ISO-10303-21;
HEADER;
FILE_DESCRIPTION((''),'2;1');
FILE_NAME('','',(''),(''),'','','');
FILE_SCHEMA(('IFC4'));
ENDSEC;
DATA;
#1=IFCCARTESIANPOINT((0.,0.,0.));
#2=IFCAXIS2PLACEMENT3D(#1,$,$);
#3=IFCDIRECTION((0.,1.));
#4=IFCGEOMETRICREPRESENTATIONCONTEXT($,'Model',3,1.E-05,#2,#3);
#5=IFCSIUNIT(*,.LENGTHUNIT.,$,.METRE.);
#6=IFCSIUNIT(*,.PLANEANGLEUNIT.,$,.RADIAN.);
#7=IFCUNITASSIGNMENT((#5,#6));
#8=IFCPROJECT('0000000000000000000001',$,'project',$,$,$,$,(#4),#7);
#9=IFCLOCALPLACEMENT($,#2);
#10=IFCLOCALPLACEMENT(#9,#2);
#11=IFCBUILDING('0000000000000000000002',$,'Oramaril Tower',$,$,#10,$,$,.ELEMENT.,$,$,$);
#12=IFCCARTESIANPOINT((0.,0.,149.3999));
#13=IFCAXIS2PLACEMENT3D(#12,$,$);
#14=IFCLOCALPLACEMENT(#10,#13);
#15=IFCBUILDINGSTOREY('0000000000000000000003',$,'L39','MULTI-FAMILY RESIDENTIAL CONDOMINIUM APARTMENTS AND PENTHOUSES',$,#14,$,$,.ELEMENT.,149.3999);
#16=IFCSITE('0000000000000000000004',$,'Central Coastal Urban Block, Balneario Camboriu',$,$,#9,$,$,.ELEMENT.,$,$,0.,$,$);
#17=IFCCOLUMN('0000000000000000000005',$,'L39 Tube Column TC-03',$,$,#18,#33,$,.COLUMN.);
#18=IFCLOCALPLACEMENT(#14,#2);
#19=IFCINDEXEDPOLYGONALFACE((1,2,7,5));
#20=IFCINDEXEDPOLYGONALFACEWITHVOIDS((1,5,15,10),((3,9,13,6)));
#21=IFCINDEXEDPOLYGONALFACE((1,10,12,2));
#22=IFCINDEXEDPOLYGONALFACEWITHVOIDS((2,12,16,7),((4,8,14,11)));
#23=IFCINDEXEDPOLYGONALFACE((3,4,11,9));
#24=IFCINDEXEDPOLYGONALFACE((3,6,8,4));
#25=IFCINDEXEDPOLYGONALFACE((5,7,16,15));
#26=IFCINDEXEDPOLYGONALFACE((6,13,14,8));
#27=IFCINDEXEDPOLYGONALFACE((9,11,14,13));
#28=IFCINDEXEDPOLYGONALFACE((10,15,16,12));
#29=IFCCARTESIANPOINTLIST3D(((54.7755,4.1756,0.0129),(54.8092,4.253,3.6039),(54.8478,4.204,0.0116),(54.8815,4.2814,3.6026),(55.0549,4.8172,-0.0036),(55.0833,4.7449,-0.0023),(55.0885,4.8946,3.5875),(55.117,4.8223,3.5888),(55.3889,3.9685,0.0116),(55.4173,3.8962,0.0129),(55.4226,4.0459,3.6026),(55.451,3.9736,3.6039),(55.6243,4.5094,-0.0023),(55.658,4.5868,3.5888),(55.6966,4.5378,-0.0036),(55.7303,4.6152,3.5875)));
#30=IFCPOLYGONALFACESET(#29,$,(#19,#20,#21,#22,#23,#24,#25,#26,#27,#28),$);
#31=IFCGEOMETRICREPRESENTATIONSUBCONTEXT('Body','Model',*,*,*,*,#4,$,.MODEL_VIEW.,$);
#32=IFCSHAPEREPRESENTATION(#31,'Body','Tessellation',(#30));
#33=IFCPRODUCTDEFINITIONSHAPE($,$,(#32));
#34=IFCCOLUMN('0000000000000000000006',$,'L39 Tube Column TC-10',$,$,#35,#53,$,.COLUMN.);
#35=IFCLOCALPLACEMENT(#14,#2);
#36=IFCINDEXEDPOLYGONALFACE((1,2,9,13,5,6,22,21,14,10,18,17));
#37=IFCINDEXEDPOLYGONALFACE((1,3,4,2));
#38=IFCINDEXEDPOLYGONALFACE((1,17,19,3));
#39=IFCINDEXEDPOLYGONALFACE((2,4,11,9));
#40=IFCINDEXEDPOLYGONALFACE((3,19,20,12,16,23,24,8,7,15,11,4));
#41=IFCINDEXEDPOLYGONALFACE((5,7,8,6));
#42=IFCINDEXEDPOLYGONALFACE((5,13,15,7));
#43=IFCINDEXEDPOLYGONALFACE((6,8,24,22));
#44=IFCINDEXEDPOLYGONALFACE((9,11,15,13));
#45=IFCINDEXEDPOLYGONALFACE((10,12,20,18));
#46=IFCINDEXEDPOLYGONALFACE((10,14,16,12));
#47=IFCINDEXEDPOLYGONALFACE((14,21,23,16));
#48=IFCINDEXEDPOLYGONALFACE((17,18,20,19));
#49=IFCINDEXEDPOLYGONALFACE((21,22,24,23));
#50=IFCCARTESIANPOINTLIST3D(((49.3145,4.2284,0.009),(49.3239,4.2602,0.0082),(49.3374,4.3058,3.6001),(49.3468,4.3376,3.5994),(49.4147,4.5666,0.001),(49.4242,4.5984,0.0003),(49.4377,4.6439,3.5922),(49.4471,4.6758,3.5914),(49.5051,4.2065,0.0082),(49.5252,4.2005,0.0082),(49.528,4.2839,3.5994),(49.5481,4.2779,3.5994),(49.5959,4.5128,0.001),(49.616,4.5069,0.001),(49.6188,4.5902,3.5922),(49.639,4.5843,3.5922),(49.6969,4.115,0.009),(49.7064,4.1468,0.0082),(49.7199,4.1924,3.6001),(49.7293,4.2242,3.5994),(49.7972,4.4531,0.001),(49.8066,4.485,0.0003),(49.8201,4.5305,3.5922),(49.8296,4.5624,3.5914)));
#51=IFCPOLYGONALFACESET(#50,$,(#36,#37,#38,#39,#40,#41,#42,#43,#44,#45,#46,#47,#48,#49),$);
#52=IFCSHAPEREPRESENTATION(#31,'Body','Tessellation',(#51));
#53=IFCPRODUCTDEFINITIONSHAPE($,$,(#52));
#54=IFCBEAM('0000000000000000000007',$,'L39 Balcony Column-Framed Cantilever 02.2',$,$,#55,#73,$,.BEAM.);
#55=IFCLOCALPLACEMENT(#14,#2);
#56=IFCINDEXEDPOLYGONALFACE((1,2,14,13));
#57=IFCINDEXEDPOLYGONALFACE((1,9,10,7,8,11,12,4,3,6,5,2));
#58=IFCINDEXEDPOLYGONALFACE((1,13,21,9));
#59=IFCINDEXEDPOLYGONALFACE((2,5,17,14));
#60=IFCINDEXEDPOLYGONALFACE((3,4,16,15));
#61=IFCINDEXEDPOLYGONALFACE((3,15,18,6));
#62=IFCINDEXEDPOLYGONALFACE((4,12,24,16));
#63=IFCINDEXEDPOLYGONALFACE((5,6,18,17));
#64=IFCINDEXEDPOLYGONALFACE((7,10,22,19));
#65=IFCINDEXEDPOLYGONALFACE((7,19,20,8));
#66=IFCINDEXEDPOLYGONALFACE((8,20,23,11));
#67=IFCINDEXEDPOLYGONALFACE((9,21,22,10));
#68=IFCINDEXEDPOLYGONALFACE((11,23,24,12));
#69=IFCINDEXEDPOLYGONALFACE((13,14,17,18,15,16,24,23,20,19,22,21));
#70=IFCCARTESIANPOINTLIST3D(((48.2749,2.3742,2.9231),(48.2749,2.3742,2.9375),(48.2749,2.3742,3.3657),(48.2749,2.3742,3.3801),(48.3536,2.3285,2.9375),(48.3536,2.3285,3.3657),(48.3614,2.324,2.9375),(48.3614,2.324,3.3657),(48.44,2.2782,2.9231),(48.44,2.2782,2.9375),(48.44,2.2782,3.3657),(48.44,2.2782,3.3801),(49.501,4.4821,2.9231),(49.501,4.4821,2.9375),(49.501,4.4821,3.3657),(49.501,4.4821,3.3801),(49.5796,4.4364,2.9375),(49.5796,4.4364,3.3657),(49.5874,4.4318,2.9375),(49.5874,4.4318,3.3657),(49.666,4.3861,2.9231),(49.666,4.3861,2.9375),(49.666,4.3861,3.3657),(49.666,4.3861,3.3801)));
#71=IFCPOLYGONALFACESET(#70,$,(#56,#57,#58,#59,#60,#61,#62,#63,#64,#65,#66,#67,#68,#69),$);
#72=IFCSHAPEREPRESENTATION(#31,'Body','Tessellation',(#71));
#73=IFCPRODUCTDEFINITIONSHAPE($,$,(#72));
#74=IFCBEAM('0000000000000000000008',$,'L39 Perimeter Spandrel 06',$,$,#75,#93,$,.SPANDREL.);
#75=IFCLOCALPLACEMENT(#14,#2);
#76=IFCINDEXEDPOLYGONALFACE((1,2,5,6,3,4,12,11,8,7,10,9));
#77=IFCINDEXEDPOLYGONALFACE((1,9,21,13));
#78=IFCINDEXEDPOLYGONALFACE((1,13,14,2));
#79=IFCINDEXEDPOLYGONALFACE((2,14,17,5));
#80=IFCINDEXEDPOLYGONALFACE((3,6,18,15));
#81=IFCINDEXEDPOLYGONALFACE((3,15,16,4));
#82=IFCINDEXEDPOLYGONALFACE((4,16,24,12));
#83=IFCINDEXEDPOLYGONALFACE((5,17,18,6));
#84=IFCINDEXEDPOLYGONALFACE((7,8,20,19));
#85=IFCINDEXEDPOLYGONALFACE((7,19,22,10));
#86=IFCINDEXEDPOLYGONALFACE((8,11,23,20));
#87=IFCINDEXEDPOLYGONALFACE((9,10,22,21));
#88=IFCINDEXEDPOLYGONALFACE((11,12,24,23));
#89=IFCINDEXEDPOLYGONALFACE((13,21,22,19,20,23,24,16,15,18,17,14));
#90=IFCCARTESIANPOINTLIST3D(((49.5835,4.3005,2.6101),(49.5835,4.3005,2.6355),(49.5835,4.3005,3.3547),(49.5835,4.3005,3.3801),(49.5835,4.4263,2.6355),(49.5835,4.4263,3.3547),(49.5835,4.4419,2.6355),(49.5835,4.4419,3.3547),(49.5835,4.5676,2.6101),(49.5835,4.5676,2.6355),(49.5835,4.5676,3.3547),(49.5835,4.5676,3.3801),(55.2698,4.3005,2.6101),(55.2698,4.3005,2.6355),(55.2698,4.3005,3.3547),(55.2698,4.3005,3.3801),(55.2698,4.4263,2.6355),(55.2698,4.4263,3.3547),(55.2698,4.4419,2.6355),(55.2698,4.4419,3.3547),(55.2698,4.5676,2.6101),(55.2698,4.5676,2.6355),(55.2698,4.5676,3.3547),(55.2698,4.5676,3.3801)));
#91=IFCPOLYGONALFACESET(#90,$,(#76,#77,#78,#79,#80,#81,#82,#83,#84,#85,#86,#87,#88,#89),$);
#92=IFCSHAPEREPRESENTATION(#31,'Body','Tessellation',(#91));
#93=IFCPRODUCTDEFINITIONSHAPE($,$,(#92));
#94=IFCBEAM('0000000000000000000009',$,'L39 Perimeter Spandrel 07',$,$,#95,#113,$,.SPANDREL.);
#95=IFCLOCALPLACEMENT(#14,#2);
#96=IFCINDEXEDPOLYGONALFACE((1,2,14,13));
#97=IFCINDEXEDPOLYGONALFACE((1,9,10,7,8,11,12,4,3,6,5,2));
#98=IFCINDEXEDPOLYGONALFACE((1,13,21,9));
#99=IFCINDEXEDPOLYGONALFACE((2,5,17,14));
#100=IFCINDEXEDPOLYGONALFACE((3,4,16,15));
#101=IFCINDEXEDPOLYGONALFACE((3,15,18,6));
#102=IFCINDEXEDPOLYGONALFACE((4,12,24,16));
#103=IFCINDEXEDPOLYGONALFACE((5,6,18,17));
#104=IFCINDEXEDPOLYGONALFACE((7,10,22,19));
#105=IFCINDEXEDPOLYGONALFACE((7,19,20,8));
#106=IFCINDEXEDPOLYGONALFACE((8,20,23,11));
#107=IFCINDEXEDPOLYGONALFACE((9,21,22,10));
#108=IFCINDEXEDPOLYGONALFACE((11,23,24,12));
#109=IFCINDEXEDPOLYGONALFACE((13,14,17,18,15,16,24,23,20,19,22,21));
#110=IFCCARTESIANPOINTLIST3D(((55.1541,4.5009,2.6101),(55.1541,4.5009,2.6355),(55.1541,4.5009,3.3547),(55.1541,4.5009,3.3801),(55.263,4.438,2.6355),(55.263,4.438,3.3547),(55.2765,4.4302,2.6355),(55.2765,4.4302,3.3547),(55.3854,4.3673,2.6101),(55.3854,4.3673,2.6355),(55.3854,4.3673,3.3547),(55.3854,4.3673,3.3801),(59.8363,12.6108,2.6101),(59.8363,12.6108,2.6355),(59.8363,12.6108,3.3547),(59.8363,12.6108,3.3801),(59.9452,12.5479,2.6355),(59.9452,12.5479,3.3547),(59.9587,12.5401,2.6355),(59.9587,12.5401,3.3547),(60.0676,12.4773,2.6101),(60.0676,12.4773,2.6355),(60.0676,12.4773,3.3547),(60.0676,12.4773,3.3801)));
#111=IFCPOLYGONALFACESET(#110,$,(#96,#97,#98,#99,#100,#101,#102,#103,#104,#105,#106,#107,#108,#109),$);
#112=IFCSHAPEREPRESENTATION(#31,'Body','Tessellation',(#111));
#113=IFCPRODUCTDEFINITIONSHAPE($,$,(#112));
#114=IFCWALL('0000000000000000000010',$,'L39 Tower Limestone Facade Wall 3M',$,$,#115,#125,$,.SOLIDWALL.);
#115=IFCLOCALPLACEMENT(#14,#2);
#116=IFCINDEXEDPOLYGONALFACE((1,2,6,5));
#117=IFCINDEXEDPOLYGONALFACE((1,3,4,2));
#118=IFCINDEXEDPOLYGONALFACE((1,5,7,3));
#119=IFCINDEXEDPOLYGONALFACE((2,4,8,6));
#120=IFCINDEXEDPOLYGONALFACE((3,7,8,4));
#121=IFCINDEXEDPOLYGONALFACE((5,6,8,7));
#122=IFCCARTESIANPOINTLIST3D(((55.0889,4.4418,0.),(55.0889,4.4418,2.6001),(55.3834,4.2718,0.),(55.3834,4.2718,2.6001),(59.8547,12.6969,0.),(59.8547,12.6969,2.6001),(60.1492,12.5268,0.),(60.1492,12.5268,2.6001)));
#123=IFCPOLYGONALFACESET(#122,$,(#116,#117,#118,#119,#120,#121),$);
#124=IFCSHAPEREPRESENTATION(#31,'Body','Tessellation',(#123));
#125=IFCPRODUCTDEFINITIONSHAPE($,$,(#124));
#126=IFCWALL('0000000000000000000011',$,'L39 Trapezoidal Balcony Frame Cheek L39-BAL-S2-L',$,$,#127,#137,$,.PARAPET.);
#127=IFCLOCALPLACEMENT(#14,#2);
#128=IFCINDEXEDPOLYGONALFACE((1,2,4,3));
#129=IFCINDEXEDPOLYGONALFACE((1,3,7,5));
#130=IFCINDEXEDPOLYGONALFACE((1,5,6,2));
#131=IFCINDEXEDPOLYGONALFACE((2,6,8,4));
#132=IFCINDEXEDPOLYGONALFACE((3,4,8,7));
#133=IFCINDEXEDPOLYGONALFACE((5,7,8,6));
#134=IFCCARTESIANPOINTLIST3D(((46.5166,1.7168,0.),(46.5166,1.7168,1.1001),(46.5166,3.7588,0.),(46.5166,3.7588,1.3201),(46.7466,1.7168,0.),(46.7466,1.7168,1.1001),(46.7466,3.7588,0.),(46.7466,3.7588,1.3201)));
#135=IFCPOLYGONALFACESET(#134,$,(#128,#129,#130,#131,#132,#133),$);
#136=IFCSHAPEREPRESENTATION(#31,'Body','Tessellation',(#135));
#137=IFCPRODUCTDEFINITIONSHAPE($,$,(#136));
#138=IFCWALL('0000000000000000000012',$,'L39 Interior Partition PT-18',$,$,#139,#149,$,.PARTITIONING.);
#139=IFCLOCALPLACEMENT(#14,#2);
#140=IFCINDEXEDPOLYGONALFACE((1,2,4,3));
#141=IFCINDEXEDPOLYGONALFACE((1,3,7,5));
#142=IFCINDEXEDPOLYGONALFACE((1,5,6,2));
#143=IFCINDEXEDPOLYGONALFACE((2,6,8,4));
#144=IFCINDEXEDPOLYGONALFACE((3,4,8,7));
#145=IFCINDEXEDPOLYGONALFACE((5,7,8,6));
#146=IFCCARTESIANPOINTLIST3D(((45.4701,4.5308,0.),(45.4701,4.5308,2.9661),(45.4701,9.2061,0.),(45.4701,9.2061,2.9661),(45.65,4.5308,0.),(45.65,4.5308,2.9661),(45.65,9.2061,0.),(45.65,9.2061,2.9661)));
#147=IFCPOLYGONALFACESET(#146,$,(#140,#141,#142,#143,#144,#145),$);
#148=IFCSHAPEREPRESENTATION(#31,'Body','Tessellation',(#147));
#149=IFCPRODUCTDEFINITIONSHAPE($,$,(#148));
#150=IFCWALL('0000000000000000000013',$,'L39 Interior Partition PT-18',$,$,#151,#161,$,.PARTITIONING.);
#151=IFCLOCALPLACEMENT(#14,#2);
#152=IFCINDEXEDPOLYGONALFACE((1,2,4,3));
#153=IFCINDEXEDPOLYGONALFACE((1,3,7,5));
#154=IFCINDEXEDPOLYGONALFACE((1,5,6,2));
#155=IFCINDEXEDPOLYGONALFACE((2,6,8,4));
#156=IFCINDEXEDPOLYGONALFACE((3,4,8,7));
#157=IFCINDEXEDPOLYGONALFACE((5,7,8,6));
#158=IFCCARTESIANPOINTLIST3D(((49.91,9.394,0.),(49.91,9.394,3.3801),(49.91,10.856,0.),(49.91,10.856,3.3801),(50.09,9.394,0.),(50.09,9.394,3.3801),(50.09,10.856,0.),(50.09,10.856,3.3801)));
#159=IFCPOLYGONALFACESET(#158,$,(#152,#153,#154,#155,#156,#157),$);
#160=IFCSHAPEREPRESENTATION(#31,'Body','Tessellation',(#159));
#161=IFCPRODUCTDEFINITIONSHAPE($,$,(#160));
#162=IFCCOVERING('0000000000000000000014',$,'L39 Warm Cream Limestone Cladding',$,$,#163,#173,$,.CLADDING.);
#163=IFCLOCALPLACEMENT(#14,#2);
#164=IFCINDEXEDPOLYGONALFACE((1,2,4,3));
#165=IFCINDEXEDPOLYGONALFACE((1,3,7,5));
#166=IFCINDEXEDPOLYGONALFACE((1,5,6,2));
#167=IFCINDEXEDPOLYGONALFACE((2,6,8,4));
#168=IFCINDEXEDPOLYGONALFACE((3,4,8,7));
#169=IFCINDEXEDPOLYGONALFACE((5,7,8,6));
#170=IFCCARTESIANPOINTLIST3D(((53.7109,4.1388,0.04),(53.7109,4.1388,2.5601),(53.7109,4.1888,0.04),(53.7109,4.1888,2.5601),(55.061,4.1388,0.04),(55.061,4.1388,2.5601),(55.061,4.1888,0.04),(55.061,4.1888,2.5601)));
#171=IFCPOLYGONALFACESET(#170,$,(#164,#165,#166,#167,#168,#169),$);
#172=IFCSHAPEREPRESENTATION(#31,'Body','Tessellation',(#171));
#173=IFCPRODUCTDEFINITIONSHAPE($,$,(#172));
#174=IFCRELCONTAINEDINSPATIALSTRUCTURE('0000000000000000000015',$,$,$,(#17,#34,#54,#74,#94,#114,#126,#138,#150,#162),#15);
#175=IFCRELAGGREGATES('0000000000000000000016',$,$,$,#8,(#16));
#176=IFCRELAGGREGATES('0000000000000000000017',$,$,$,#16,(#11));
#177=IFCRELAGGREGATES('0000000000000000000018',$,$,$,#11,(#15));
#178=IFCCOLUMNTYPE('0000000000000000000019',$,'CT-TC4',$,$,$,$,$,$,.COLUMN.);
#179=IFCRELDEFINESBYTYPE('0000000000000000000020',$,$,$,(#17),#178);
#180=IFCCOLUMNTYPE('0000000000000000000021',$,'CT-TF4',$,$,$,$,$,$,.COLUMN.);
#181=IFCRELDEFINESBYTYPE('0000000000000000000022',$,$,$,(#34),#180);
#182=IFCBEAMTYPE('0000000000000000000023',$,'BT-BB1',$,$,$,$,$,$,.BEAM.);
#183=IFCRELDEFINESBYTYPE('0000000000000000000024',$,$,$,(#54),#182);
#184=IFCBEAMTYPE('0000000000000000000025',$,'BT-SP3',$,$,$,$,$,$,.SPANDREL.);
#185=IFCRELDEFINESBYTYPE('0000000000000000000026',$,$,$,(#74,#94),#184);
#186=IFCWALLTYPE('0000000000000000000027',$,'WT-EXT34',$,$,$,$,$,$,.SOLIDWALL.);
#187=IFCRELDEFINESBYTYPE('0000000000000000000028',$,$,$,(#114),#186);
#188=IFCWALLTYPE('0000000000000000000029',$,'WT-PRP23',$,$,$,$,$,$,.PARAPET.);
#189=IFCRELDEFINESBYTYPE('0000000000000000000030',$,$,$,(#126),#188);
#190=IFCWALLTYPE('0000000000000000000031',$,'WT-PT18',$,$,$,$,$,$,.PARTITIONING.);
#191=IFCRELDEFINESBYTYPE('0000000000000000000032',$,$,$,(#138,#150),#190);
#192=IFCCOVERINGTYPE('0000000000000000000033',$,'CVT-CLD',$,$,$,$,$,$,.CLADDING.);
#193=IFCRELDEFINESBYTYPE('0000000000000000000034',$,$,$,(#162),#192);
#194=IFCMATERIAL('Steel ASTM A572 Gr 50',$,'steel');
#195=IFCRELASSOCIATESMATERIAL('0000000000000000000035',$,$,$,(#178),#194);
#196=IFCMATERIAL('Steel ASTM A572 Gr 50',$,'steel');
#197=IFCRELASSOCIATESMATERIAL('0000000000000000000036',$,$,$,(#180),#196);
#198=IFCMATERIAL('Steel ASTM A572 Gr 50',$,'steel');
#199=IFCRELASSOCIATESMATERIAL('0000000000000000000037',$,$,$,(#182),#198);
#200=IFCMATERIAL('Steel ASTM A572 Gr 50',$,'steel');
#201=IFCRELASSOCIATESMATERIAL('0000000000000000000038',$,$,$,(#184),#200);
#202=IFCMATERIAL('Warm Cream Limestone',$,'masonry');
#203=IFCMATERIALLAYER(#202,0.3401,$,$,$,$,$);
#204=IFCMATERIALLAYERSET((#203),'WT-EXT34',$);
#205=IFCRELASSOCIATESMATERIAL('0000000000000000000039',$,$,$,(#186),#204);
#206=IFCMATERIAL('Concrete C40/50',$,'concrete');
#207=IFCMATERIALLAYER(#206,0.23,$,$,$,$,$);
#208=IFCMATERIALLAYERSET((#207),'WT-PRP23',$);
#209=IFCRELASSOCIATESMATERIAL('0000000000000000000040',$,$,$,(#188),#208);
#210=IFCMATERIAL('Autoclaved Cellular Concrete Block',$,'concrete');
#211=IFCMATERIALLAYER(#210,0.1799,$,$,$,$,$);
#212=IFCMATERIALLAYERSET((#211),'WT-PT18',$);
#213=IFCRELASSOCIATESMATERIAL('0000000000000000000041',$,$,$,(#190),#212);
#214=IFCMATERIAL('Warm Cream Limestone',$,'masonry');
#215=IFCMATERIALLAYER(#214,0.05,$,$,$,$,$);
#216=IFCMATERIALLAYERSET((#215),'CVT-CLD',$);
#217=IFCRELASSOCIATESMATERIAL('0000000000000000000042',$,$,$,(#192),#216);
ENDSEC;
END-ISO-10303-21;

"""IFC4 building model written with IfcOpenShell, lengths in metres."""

from ifc_helpers import new_model, si_unit, direction, frame, frame_2d, origin, origin_2d, place, context, subcontext, project, spatial, polyline, rectangle, hollow_rectangle, i_section, outline, extrude, material, layer, layer_set, material_profile, profile_set, type_object, element, save


model = new_model("IFC4")

# Units and contexts
model_context = context("Model", 3, precision=1e-05, world=origin(), true_north=direction((0.0, 1.0)))
body_context = subcontext(model_context, "Body", "Model", "MODEL_VIEW")
ifc_project = project(units=[si_unit("LENGTHUNIT", "METRE"), si_unit("PLANEANGLEUNIT", "RADIAN")], contexts=[model_context])

# Site, building, storey
site_placement = place(None, origin())
site = spatial("IfcSite", under=ifc_project, at=site_placement, Name="Central Coastal Urban Block, Balneario Camboriu", CompositionType="ELEMENT", RefElevation=0.0)
building_placement = place(site_placement, origin())
building = spatial("IfcBuilding", under=site, at=building_placement, Name="Oramaril Tower", CompositionType="ELEMENT")
storey_placement = place(building_placement, frame((0.0, 0.0, 149.3999)))
storey = spatial("IfcBuildingStorey", under=building, at=storey_placement, Name="L39", Description="MULTI-FAMILY RESIDENTIAL CONDOMINIUM APARTMENTS AND PENTHOUSES", CompositionType="ELEMENT", Elevation=149.3999)

# Columns
ifc_material_1 = material(Name="Steel ASTM A572 Gr 50", Category="steel")
ifc_material_profile_1 = material_profile(ifc_material_1, hollow_rectangle(XDim=0.7, YDim=0.7, WallThickness=0.0549, at=origin_2d()), Name="BOX700X700X55")
ifc_profile_set_1 = profile_set([ifc_material_profile_1], Name="Steel ASTM A572 Gr 50")
column_type_1 = type_object("IfcColumnType", Name="CT-TC4", PredefinedType="COLUMN", material=ifc_profile_set_1)
column_1_placement = place(storey_placement, frame((55.2361, 4.3567, 0.0046), z_axis=(0.009379, 0.021545, 0.999724), x_axis=(-0.916886, 0.399149, 0.0)))
element("IfcColumn", 1, at=column_1_placement, inside=storey, type_object=column_type_1, Name="L39 Tube Column TC-03", PredefinedType="COLUMN", context=body_context, shape_type="SweptSolid", body=[
    extrude(hollow_rectangle(XDim=0.7, YDim=0.7, WallThickness=0.0549, at=origin_2d()), origin(), (0.0, 0.0, 1.0), 3.592),
])
ifc_material_2 = material(Name="Steel ASTM A572 Gr 50", Category="steel")
ifc_material_profile_2 = material_profile(ifc_material_2, i_section(OverallWidth=0.3989, OverallDepth=0.386, WebThickness=0.021, FlangeThickness=0.0332, at=origin_2d()), Name="W14X176")
ifc_profile_set_2 = profile_set([ifc_material_profile_2], Name="Steel ASTM A572 Gr 50")
column_type_2 = type_object("IfcColumnType", Name="CT-TF4", PredefinedType="COLUMN", material=ifc_profile_set_2)
column_2_placement = place(storey_placement, frame((49.5605, 4.3567, 0.0046), z_axis=(0.006389, 0.021546, 0.999747), x_axis=(-0.958737, 0.284294, 0.0)))
element("IfcColumn", 2, at=column_2_placement, inside=storey, type_object=column_type_2, Name="L39 Tube Column TC-10", PredefinedType="COLUMN", context=body_context, shape_type="SweptSolid", body=[
    extrude(i_section(OverallWidth=0.3989, OverallDepth=0.386, WebThickness=0.021, FlangeThickness=0.0332, at=origin_2d()), origin(), (0.0, 0.0, 1.0), 3.592),
])

# Beams
ifc_material_3 = material(Name="Steel ASTM A572 Gr 50", Category="steel")
ifc_material_profile_3 = material_profile(ifc_material_3, i_section(OverallWidth=0.1909, OverallDepth=0.457, WebThickness=0.009, FlangeThickness=0.0144, at=origin_2d()), Name="W18X50")
ifc_profile_set_3 = profile_set([ifc_material_profile_3], Name="Steel ASTM A572 Gr 50")
beam_type_1 = type_object("IfcBeamType", Name="BT-BB1", PredefinedType="BEAM", material=ifc_profile_set_3)
beam_1_placement = place(storey_placement, frame((49.5835, 4.4341, 3.1516), z_axis=(-0.502787, -0.86441, 0.0), x_axis=(0.86441, -0.502787, 0.0)))
element("IfcBeam", 3, at=beam_1_placement, inside=storey, type_object=beam_type_1, Name="L39 Balcony Column-Framed Cantilever 02.2", PredefinedType="BEAM", context=body_context, shape_type="SweptSolid", body=[
    extrude(i_section(OverallWidth=0.1909, OverallDepth=0.457, WebThickness=0.009, FlangeThickness=0.0144, at=origin_2d()), origin(), (0.0, 0.0, 1.0), 2.4385),
])
ifc_material_4 = material(Name="Steel ASTM A572 Gr 50", Category="steel")
ifc_material_profile_4 = material_profile(ifc_material_4, i_section(OverallWidth=0.2671, OverallDepth=0.77, WebThickness=0.0156, FlangeThickness=0.0254, at=origin_2d()), Name="W30X132")
ifc_profile_set_4 = profile_set([ifc_material_profile_4], Name="Steel ASTM A572 Gr 50")
beam_type_2 = type_object("IfcBeamType", Name="BT-SP3", PredefinedType="SPANDREL", material=ifc_profile_set_4)
beam_2_placement = place(storey_placement, frame((49.5835, 4.4341, 2.9951), z_axis=(1.0, 0.0, 0.0), x_axis=(0.0, 1.0, 0.0)))
element("IfcBeam", 4, at=beam_2_placement, inside=storey, type_object=beam_type_2, Name="L39 Perimeter Spandrel 06", PredefinedType="SPANDREL", context=body_context, shape_type="SweptSolid", body=[
    extrude(i_section(OverallWidth=0.2671, OverallDepth=0.77, WebThickness=0.0156, FlangeThickness=0.0254, at=origin_2d()), origin(), (0.0, 0.0, 1.0), 5.6863),
])
beam_3_placement = place(storey_placement, frame((55.2698, 4.4341, 2.9951), z_axis=(0.499992, 0.86603, 0.0), x_axis=(-0.86603, 0.499992, 0.0)))
element("IfcBeam", 5, at=beam_3_placement, inside=storey, type_object=beam_type_2, Name="L39 Perimeter Spandrel 07", PredefinedType="SPANDREL", context=body_context, shape_type="SweptSolid", body=[
    extrude(i_section(OverallWidth=0.2671, OverallDepth=0.77, WebThickness=0.0156, FlangeThickness=0.0254, at=origin_2d()), origin(), (0.0, 0.0, 1.0), 9.3645),
])

# Walls
ifc_material_5 = material(Name="Warm Cream Limestone", Category="masonry")
ifc_layer_1 = layer(ifc_material_5, 0.3401)
ifc_layer_set_1 = layer_set([ifc_layer_1], Name="WT-EXT34")
wall_type_1 = type_object("IfcWallType", Name="WT-EXT34", PredefinedType="SOLIDWALL", material=ifc_layer_set_1)
wall_1_placement = place(storey_placement, frame((55.2361, 4.3567, 0.0), z_axis=(0.0, 0.0, 1.0), x_axis=(0.499982, 0.866036, 0.0)))
element("IfcWall", 6, at=wall_1_placement, inside=storey, type_object=wall_type_1, Name="L39 Tower Limestone Facade Wall 3M", PredefinedType="SOLIDWALL", context=body_context, shape_type="SweptSolid", body=[
    extrude(rectangle(XDim=9.532, YDim=0.3401, at=frame_2d((4.7661, 0.0))), origin(), (0.0, 0.0, 1.0), 2.6001),
])
ifc_material_6 = material(Name="Concrete C40/50", Category="concrete")
ifc_layer_2 = layer(ifc_material_6, 0.23)
ifc_layer_set_2 = layer_set([ifc_layer_2], Name="WT-PRP23")
wall_type_2 = type_object("IfcWallType", Name="WT-PRP23", PredefinedType="PARAPET", material=ifc_layer_set_2)
wall_2_placement = place(storey_placement, frame((46.6316, 3.7588, 0.0), z_axis=(0.0, 0.0, 1.0), x_axis=(0.0, -1.0, 0.0)))
element("IfcWall", 7, at=wall_2_placement, inside=storey, type_object=wall_type_2, Name="L39 Trapezoidal Balcony Frame Cheek L39-BAL-S2-L", PredefinedType="PARAPET", context=body_context, shape_type="SweptSolid", body=[
    extrude(outline(polyline([(0.0, 0.0), (2.042, 0.0), (2.042, 1.1001), (0.0, 1.3201), (0.0, 0.0)])), frame((0.0, 0.115, 0.0), z_axis=(0.0, -1.0, 0.0), x_axis=(1.0, 0.0, 0.0)), (0.0, 0.0, 1.0), 0.23),
])
ifc_material_7 = material(Name="Autoclaved Cellular Concrete Block", Category="concrete")
ifc_layer_3 = layer(ifc_material_7, 0.1799)
ifc_layer_set_3 = layer_set([ifc_layer_3], Name="WT-PT18")
wall_type_3 = type_object("IfcWallType", Name="WT-PT18", PredefinedType="PARTITIONING", material=ifc_layer_set_3)
wall_3_placement = place(storey_placement, frame((45.5601, 4.5308, 0.0), z_axis=(0.0, 0.0, 1.0), x_axis=(0.0, 1.0, 0.0)))
element("IfcWall", 8, at=wall_3_placement, inside=storey, type_object=wall_type_3, Name="L39 Interior Partition PT-18", PredefinedType="PARTITIONING", context=body_context, shape_type="SweptSolid", body=[
    extrude(rectangle(XDim=4.6753, YDim=0.1799, at=frame_2d((2.3376, 0.0))), origin(), (0.0, 0.0, 1.0), 2.9661),
])
wall_4_placement = place(storey_placement, frame((50.0, 9.394, 0.0), z_axis=(0.0, 0.0, 1.0), x_axis=(0.0, 1.0, 0.0)))
element("IfcWall", 9, at=wall_4_placement, inside=storey, type_object=wall_type_3, Name="L39 Interior Partition PT-18", PredefinedType="PARTITIONING", context=body_context, shape_type="SweptSolid", body=[
    extrude(rectangle(XDim=1.4619, YDim=0.1799, at=frame_2d((0.731, 0.0))), origin(), (0.0, 0.0, 1.0), 3.3801),
])

# Covering
ifc_material_8 = material(Name="Warm Cream Limestone", Category="masonry")
ifc_layer_4 = layer(ifc_material_8, 0.05)
ifc_layer_set_4 = layer_set([ifc_layer_4], Name="CVT-CLD")
covering_type = type_object("IfcCoveringType", Name="CVT-CLD", PredefinedType="CLADDING", material=ifc_layer_set_4)
covering_1_placement = place(storey_placement, frame((54.386, 4.1638, 0.04), z_axis=(0.0, 0.0, 1.0), x_axis=(1.0, 0.0, 0.0)))
element("IfcCovering", 10, at=covering_1_placement, inside=storey, type_object=covering_type, Name="L39 Warm Cream Limestone Cladding", PredefinedType="CLADDING", context=body_context, shape_type="SweptSolid", body=[
    extrude(rectangle(XDim=1.3501, YDim=0.05, at=origin_2d()), origin(), (0.0, 0.0, 1.0), 2.52),
])

save(model, "model.ifc")
